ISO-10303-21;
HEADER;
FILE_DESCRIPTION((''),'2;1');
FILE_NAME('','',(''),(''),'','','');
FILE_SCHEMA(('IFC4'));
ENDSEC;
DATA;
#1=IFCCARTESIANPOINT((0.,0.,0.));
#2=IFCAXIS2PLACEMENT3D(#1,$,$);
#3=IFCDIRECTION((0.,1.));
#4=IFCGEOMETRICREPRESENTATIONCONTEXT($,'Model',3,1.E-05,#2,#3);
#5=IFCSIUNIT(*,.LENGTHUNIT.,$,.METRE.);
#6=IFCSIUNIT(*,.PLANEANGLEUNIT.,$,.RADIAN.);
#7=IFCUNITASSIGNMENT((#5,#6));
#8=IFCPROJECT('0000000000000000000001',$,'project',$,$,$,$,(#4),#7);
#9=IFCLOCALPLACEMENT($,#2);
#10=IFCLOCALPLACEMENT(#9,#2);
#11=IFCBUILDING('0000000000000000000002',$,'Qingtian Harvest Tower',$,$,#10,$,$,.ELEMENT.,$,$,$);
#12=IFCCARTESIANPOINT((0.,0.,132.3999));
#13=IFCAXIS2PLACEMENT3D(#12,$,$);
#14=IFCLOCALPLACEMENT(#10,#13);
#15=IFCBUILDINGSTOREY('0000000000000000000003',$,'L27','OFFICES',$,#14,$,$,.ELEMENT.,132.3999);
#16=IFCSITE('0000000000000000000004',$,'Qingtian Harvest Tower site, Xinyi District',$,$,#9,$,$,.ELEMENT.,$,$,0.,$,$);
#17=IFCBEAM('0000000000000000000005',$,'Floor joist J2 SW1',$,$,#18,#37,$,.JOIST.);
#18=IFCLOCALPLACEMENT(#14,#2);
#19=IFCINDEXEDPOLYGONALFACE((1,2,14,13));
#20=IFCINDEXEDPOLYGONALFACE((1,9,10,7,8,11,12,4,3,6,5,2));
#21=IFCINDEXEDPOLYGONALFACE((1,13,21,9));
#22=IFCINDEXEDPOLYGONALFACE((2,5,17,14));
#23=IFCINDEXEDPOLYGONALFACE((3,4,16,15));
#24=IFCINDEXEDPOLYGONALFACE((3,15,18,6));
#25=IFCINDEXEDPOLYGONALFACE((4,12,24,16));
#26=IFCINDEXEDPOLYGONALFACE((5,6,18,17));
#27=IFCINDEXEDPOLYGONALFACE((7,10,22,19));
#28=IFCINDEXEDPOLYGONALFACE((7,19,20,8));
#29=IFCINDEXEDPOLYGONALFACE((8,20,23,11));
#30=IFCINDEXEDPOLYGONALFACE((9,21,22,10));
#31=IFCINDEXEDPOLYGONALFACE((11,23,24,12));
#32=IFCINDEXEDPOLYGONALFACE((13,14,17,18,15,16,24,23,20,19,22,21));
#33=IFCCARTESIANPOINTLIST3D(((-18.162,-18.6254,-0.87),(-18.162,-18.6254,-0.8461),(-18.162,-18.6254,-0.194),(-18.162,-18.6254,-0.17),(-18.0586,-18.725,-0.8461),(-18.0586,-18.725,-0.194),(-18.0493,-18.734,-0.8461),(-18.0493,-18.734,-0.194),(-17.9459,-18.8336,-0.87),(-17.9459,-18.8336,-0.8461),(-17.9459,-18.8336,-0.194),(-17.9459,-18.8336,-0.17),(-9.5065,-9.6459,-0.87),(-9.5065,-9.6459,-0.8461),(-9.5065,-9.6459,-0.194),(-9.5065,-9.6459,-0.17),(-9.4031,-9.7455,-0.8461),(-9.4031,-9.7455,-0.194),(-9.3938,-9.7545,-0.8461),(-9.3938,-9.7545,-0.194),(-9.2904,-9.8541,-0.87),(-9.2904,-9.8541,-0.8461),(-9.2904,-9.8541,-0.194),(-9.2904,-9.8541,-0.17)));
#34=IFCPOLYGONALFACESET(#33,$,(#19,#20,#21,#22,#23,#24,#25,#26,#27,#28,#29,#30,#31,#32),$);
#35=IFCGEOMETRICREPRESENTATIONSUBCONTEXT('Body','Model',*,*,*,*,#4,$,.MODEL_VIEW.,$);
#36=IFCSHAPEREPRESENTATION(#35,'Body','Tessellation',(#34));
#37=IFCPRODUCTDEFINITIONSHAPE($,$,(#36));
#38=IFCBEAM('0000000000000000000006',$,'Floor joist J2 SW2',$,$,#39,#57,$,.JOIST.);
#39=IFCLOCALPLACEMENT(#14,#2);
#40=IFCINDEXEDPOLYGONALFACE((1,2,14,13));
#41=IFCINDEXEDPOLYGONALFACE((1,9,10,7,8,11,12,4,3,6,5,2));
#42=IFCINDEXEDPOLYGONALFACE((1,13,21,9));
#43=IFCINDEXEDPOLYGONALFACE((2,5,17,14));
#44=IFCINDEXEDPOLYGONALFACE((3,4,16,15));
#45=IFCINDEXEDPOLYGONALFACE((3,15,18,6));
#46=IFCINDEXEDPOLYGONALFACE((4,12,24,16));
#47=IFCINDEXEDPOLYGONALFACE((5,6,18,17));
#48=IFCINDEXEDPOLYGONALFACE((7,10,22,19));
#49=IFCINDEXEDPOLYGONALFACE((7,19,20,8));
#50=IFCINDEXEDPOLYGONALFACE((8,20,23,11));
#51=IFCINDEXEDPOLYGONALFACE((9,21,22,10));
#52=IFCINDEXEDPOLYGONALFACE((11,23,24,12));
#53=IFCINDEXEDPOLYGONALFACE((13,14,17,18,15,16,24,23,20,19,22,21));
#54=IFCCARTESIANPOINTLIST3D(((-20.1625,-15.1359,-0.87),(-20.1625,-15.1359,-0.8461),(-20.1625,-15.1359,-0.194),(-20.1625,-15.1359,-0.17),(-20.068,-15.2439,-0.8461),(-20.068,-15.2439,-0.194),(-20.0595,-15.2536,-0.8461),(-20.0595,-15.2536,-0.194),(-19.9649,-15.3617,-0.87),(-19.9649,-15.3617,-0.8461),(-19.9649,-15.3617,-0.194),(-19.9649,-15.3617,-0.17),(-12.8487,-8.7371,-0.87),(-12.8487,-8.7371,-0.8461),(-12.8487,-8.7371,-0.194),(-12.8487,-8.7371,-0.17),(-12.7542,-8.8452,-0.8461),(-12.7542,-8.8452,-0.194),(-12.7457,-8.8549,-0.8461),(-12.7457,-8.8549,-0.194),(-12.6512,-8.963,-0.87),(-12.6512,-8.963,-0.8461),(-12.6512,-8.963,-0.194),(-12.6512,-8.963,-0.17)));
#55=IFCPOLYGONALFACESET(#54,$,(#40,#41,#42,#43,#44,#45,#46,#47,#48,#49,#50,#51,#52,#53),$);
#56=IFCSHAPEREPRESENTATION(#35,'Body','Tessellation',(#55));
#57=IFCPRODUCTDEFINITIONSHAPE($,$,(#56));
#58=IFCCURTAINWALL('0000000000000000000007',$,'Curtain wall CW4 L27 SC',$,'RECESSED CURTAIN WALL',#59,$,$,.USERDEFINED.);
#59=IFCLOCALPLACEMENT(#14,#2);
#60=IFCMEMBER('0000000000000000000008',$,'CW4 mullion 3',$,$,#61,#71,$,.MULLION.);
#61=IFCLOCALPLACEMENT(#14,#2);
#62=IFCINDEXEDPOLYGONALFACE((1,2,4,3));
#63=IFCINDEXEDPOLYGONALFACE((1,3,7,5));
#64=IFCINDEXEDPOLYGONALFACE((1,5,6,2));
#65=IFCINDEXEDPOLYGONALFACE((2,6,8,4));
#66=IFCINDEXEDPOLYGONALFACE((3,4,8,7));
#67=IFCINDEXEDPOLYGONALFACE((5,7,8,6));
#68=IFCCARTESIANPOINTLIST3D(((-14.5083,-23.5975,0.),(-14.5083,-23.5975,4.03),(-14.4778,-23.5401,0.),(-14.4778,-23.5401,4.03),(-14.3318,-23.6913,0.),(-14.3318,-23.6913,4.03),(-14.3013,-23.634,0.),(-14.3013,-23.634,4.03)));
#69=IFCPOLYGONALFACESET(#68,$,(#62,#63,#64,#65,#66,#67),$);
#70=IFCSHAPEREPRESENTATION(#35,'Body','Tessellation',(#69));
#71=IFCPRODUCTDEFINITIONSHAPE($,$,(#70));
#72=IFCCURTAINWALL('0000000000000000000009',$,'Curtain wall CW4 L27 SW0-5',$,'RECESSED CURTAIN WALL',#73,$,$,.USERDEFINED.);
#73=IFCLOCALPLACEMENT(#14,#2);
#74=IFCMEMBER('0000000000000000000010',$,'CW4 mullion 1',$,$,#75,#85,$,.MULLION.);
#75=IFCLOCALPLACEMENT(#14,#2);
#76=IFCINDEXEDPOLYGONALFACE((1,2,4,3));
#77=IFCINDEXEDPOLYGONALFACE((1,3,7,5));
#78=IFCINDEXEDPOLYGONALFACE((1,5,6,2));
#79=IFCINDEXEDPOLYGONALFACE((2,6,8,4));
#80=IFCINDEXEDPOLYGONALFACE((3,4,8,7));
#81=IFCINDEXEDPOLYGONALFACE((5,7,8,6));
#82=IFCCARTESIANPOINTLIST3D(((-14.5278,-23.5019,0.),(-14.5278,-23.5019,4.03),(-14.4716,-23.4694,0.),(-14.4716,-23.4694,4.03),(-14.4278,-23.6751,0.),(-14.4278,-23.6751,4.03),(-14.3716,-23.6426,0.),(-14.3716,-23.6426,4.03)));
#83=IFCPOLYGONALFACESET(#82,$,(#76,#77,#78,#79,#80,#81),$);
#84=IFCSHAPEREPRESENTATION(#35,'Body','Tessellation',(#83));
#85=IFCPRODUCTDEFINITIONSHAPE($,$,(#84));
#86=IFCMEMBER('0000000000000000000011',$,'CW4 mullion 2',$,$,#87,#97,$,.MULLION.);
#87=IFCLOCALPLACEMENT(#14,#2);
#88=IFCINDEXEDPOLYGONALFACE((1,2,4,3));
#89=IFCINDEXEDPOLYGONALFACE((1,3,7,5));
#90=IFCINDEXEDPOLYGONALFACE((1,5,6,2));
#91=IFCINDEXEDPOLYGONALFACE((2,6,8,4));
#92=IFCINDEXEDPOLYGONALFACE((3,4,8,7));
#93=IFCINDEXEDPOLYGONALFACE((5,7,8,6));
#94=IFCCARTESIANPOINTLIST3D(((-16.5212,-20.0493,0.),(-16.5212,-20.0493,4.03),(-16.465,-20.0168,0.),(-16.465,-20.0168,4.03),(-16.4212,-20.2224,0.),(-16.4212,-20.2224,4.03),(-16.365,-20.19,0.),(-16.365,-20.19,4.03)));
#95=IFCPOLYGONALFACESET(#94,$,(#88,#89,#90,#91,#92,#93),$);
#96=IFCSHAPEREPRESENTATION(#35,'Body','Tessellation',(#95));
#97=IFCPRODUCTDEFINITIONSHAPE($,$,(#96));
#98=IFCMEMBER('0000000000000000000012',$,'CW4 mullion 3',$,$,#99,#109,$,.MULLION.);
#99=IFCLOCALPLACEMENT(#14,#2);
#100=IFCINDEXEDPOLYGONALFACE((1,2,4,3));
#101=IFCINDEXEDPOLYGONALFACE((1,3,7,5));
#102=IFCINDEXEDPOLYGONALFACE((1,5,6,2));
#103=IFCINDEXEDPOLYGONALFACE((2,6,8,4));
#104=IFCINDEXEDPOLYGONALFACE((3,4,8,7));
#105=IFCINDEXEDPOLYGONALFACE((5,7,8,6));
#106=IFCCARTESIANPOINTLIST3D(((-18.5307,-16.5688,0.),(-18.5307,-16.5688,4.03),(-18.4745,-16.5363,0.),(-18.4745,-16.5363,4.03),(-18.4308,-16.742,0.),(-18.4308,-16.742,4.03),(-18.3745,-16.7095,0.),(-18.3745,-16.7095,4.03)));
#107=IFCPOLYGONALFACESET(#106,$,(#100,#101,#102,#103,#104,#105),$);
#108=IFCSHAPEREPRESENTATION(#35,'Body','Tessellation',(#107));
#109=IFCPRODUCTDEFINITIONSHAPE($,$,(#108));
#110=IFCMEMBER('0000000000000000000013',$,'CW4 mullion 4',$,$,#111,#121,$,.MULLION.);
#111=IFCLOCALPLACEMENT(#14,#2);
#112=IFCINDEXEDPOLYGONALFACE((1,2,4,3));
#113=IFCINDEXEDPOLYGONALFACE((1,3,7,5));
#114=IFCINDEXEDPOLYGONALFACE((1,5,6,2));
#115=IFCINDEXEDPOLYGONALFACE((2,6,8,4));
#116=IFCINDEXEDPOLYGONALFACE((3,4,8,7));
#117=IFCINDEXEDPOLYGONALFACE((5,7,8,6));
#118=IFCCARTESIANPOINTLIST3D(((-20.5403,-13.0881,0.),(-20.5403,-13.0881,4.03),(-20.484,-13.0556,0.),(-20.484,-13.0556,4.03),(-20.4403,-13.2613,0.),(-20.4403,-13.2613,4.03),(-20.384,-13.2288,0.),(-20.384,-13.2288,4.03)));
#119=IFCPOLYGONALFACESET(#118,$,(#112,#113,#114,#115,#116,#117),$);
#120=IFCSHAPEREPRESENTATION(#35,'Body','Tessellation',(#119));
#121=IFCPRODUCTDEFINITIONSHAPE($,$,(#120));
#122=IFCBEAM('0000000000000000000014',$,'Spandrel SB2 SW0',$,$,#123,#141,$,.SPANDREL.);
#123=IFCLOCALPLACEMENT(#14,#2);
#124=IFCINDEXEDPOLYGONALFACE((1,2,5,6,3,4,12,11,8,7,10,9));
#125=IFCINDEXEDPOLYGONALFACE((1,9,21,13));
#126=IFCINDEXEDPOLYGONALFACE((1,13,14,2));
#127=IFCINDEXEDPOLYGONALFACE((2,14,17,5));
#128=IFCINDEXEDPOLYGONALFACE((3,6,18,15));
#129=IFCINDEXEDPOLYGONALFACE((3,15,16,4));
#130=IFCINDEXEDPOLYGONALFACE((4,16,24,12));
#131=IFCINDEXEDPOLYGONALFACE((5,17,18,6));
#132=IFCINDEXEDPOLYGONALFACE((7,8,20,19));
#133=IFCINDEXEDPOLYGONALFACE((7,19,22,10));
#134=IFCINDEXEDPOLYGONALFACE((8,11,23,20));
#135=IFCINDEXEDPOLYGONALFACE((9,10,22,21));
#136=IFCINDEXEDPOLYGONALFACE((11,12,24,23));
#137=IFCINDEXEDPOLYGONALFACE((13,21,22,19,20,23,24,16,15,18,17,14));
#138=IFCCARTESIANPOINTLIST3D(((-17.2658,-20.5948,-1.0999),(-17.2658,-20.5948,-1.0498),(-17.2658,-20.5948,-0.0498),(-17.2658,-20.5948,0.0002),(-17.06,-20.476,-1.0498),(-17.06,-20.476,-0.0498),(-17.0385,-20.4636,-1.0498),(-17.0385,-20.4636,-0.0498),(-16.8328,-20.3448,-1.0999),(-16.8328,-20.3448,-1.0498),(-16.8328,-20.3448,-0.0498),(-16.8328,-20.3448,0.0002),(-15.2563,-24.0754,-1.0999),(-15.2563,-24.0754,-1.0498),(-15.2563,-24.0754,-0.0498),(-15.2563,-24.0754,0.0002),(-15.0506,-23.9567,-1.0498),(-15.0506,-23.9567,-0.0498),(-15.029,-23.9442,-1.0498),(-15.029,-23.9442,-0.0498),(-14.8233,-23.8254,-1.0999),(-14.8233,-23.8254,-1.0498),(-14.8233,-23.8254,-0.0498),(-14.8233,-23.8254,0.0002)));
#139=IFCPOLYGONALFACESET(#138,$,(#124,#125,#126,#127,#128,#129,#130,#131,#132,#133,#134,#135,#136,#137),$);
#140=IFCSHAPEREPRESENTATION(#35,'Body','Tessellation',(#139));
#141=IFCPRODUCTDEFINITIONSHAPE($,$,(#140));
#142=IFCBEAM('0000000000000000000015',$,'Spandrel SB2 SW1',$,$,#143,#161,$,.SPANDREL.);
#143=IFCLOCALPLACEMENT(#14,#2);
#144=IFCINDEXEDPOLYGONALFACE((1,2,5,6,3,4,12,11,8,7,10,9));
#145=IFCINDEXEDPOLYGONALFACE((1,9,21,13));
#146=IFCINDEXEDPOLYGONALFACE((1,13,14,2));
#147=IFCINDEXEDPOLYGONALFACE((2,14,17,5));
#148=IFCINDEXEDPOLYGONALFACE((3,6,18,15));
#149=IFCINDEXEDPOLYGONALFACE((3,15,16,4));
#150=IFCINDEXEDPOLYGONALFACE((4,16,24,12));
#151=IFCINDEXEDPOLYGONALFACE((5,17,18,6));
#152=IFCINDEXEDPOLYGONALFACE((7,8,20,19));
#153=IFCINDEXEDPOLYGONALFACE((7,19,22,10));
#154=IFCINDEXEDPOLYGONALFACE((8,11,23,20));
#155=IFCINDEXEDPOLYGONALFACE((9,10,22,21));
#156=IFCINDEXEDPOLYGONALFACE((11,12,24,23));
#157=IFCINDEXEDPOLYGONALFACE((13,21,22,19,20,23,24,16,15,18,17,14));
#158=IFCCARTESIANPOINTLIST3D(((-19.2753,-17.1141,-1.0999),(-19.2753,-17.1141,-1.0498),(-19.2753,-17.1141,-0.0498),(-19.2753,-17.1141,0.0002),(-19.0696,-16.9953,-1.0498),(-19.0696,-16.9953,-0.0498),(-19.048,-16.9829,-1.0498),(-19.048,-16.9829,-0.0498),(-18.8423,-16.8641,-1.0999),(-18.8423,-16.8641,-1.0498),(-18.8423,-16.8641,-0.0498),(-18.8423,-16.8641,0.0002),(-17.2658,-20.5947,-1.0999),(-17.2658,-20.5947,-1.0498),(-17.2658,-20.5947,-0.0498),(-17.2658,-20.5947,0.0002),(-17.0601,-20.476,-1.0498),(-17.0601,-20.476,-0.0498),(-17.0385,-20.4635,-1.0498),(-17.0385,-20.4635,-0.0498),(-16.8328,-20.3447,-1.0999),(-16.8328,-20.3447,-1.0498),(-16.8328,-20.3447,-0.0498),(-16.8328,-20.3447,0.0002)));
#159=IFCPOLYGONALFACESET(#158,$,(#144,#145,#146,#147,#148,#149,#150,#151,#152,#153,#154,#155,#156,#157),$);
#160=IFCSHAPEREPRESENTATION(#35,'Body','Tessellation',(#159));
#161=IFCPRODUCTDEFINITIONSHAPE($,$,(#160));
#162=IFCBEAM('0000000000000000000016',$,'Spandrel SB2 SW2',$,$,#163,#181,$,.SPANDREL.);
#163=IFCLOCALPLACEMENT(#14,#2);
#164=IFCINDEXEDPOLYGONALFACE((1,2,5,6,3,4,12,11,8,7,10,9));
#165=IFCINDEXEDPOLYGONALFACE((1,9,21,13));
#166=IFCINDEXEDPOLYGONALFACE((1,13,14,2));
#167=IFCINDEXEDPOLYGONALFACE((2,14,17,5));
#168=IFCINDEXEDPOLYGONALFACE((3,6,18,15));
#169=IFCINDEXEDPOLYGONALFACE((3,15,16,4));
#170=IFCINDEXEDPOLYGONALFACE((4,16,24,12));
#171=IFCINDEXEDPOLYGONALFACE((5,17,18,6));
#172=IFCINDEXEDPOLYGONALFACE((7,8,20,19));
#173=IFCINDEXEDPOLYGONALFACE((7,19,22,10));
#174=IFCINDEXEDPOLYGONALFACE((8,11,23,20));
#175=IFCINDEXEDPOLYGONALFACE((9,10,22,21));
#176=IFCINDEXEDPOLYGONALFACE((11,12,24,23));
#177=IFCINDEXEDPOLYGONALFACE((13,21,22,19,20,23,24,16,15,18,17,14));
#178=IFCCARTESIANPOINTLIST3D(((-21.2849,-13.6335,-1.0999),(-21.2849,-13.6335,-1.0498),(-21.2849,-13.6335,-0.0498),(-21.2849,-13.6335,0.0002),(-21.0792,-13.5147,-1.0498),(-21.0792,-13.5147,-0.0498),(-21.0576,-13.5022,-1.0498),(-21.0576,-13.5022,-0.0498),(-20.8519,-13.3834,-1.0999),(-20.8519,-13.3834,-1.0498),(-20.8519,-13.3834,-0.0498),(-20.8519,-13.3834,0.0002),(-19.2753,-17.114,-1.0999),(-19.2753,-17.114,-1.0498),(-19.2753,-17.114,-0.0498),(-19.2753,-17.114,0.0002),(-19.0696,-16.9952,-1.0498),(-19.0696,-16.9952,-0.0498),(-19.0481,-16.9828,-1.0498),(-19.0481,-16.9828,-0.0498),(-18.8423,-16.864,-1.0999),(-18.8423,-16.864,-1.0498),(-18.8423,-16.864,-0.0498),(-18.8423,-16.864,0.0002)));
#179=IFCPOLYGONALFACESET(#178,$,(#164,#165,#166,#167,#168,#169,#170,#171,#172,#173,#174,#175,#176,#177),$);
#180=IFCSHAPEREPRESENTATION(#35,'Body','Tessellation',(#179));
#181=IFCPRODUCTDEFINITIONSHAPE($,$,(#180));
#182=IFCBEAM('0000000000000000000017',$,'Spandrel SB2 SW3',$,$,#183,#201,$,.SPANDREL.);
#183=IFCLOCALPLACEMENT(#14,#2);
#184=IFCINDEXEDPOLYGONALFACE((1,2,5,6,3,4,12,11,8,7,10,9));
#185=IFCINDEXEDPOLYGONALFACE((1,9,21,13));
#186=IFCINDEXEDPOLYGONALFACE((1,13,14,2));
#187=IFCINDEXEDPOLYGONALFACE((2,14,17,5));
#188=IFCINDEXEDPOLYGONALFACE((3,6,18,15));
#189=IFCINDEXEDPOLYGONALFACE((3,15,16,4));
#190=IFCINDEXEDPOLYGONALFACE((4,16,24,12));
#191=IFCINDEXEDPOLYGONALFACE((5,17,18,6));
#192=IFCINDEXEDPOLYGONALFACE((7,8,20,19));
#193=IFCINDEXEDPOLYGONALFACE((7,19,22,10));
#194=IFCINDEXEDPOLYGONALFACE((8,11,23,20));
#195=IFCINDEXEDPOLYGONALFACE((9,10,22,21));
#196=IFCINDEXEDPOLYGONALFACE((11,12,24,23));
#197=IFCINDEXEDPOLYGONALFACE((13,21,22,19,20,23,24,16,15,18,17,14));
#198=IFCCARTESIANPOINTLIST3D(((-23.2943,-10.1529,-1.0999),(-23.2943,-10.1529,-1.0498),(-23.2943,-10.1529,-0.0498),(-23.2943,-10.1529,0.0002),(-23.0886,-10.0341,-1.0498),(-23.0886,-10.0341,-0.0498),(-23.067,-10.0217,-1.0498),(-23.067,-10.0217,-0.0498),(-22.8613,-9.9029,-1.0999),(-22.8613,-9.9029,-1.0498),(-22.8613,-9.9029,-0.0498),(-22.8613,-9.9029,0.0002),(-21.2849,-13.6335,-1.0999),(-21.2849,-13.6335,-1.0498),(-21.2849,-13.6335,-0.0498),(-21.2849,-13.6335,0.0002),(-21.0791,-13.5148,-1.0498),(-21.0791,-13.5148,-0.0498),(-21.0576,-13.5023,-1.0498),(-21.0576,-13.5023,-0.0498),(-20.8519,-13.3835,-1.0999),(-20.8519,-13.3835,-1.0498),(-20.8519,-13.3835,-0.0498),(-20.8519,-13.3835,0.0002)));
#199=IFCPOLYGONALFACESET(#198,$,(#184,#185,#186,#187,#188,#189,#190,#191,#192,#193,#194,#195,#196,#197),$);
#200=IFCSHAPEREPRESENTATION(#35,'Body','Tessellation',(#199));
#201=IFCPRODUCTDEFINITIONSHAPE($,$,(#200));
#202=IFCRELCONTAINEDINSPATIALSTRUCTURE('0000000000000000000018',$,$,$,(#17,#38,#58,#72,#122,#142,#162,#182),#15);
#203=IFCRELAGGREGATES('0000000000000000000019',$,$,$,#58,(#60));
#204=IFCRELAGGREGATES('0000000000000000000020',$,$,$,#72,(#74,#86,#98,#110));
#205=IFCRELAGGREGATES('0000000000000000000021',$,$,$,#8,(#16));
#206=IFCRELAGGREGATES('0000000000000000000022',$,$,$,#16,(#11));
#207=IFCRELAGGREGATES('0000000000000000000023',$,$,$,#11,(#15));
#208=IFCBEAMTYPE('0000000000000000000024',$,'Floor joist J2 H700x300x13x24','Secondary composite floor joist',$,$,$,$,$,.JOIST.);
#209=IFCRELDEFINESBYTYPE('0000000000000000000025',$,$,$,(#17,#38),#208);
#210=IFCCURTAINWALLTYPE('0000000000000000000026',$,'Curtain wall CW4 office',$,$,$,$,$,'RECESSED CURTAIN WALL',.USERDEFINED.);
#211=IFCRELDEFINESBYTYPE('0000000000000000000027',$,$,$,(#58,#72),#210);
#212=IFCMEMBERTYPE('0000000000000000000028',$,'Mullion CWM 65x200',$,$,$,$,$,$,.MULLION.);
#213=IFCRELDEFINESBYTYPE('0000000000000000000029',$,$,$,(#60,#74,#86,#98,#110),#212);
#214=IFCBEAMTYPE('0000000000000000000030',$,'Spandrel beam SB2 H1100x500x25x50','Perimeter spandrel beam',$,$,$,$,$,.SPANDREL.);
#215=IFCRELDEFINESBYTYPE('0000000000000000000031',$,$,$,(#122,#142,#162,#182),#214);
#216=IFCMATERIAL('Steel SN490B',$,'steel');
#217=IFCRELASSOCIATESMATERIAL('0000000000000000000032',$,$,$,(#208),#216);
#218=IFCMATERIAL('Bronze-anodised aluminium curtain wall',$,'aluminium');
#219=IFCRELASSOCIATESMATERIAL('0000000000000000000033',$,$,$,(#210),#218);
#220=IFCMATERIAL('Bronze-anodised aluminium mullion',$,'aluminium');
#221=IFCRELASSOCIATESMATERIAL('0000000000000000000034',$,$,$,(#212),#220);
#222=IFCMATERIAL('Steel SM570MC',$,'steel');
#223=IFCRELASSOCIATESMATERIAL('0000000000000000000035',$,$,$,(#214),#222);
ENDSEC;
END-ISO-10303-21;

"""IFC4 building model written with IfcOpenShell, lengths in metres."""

from ifc_helpers import new_model, si_unit, direction, frame, origin, origin_2d, place, context, subcontext, project, spatial, rectangle, i_section, extrude, material, material_profile, profile_set, type_object, element, aggregate, save


model = new_model("IFC4")

# Units and contexts
model_context = context("Model", 3, precision=1e-05, world=origin(), true_north=direction((0.0, 1.0)))
body_context = subcontext(model_context, "Body", "Model", "MODEL_VIEW")
ifc_project = project(units=[si_unit("LENGTHUNIT", "METRE"), si_unit("PLANEANGLEUNIT", "RADIAN")], contexts=[model_context])

# Site, building, storey
site_placement = place(None, origin())
site = spatial("IfcSite", under=ifc_project, at=site_placement, Name="Qingtian Harvest Tower site, Xinyi District", CompositionType="ELEMENT", RefElevation=0.0)
building_placement = place(site_placement, origin())
building = spatial("IfcBuilding", under=site, at=building_placement, Name="Qingtian Harvest Tower", CompositionType="ELEMENT")
storey_placement = place(building_placement, frame((0.0, 0.0, 132.3999)))
storey = spatial("IfcBuildingStorey", under=building, at=storey_placement, Name="L27", Description="OFFICES", CompositionType="ELEMENT", Elevation=132.3999)

# Beams
ifc_material_1 = material(Name="Steel SN490B", Category="steel")
ifc_material_profile_1 = material_profile(ifc_material_1, i_section(OverallWidth=0.3, OverallDepth=0.7, WebThickness=0.0129, FlangeThickness=0.0239, at=origin_2d()), Name="H700x300x13x24")
ifc_profile_set_1 = profile_set([ifc_material_profile_1], Name="Steel SN490B")
beam_type_1 = type_object("IfcBeamType", Name="Floor joist J2 H700x300x13x24", Description="Secondary composite floor joist", PredefinedType="JOIST", material=ifc_profile_set_1)
beam_1_placement = place(storey_placement, frame((-18.054, -18.7295, -0.52), z_axis=(0.693999, 0.719976, 0.0), x_axis=(-0.719976, 0.693999, 0.0)))
element("IfcBeam", 1, at=beam_1_placement, inside=storey, type_object=beam_type_1, Name="Floor joist J2 SW1", PredefinedType="JOIST", context=body_context, shape_type="SweptSolid", body=[
    extrude(i_section(OverallWidth=0.3, OverallDepth=0.7, WebThickness=0.0129, FlangeThickness=0.0239, at=origin_2d()), origin(), (0.0, 0.0, 1.0), 12.4719),
])
beam_2_placement = place(storey_placement, frame((-20.0637, -15.2488, -0.52), z_axis=(0.752619, 0.658457, 0.0), x_axis=(-0.658457, 0.752619, 0.0)))
element("IfcBeam", 2, at=beam_2_placement, inside=storey, type_object=beam_type_1, Name="Floor joist J2 SW2", PredefinedType="JOIST", context=body_context, shape_type="SweptSolid", body=[
    extrude(i_section(OverallWidth=0.3, OverallDepth=0.7, WebThickness=0.0129, FlangeThickness=0.0239, at=origin_2d()), origin(), (0.0, 0.0, 1.0), 9.7178),
])

# Curtain wall, member
ifc_material_2 = material(Name="Bronze-anodised aluminium curtain wall", Category="aluminium")
curtain_wall_type = type_object("IfcCurtainWallType", Name="Curtain wall CW4 office", ElementType="RECESSED CURTAIN WALL", PredefinedType="USERDEFINED", material=ifc_material_2)
curtain_wall_1_placement = place(storey_placement, origin())
curtain_wall_1 = element("IfcCurtainWall", 3, at=curtain_wall_1_placement, inside=storey, type_object=curtain_wall_type, Name="Curtain wall CW4 L27 SC", ObjectType="RECESSED CURTAIN WALL", PredefinedType="USERDEFINED")
ifc_material_3 = material(Name="Bronze-anodised aluminium mullion", Category="aluminium")
ifc_material_profile_2 = material_profile(ifc_material_3, rectangle(XDim=0.0649, YDim=0.2, at=origin_2d()), Name="AL 65x200")
ifc_profile_set_2 = profile_set([ifc_material_profile_2], Name="Bronze-anodised aluminium mullion")
member_type_1 = type_object("IfcMemberType", Name="Mullion CWM 65x200", PredefinedType="MULLION", material=ifc_profile_set_2)
member_1_placement = place(storey_placement, frame((-14.4048, -23.6157, 0.0), z_axis=(0.0, 0.0, 1.0), x_axis=(-0.469472, -0.882948, 0.0)))
member_1 = element("IfcMember", 4, at=member_1_placement, type_object=member_type_1, Name="CW4 mullion 3", PredefinedType="MULLION", context=body_context, shape_type="SweptSolid", body=[
    extrude(rectangle(XDim=0.0649, YDim=0.2, at=origin_2d()), origin(), (0.0, 0.0, 1.0), 4.03),
])

# Curtain wall, members
curtain_wall_2_placement = place(storey_placement, origin())
curtain_wall_2 = element("IfcCurtainWall", 5, at=curtain_wall_2_placement, inside=storey, type_object=curtain_wall_type, Name="Curtain wall CW4 L27 SW0-5", ObjectType="RECESSED CURTAIN WALL", PredefinedType="USERDEFINED")
member_2_placement = place(storey_placement, frame((-14.4497, -23.5723, 0.0), z_axis=(0.0, 0.0, 1.0), x_axis=(-0.866025, -0.5, 0.0)))
member_2 = element("IfcMember", 6, at=member_2_placement, type_object=member_type_1, Name="CW4 mullion 1", PredefinedType="MULLION", context=body_context, shape_type="SweptSolid", body=[
    extrude(rectangle(XDim=0.0649, YDim=0.2, at=origin_2d()), origin(), (0.0, 0.0, 1.0), 4.03),
])
member_3_placement = place(storey_placement, frame((-16.4431, -20.1196, 0.0), z_axis=(0.0, 0.0, 1.0), x_axis=(-0.866025, -0.5, 0.0)))
member_3 = element("IfcMember", 7, at=member_3_placement, type_object=member_type_1, Name="CW4 mullion 2", PredefinedType="MULLION", context=body_context, shape_type="SweptSolid", body=[
    extrude(rectangle(XDim=0.0649, YDim=0.2, at=origin_2d()), origin(), (0.0, 0.0, 1.0), 4.03),
])
member_4_placement = place(storey_placement, frame((-18.4526, -16.6392, 0.0), z_axis=(0.0, 0.0, 1.0), x_axis=(-0.866025, -0.5, 0.0)))
member_4 = element("IfcMember", 8, at=member_4_placement, type_object=member_type_1, Name="CW4 mullion 3", PredefinedType="MULLION", context=body_context, shape_type="SweptSolid", body=[
    extrude(rectangle(XDim=0.0649, YDim=0.2, at=origin_2d()), origin(), (0.0, 0.0, 1.0), 4.03),
])
member_5_placement = place(storey_placement, frame((-20.4622, -13.1584, 0.0), z_axis=(0.0, 0.0, 1.0), x_axis=(-0.866025, -0.5, 0.0)))
member_5 = element("IfcMember", 9, at=member_5_placement, type_object=member_type_1, Name="CW4 mullion 4", PredefinedType="MULLION", context=body_context, shape_type="SweptSolid", body=[
    extrude(rectangle(XDim=0.0649, YDim=0.2, at=origin_2d()), origin(), (0.0, 0.0, 1.0), 4.03),
])

# Beams
ifc_material_4 = material(Name="Steel SM570MC", Category="steel")
ifc_material_profile_3 = material_profile(ifc_material_4, i_section(OverallWidth=0.5, OverallDepth=1.1001, WebThickness=0.0249, FlangeThickness=0.05, at=origin_2d()), Name="H1100x500x25x50")
ifc_profile_set_3 = profile_set([ifc_material_profile_3], Name="Steel SM570MC")
beam_type_2 = type_object("IfcBeamType", Name="Spandrel beam SB2 H1100x500x25x50", Description="Perimeter spandrel beam", PredefinedType="SPANDREL", material=ifc_profile_set_3)
for number, where, z_axis, x_axis, name in (
    (10, (-15.0398, -23.9504, -0.5498), (-0.499987, 0.866033, 0.0), (-0.866033, -0.499987, 0.0), "Spandrel SB2 SW0"),
    (11, (-17.0493, -20.4697, -0.5498), (-0.499987, 0.866033, 0.0), (-0.866033, -0.499987, 0.0), "Spandrel SB2 SW1"),
    (12, (-19.0588, -16.989, -0.5498), (-0.500013, 0.866018, 0.0), (-0.866018, -0.500013, 0.0), "Spandrel SB2 SW2"),
    (13, (-21.0684, -13.5085, -0.5498), (-0.499987, 0.866033, 0.0), (-0.866033, -0.499987, 0.0), "Spandrel SB2 SW3"),
):
    element("IfcBeam", number, at=place(storey_placement, frame(where, z_axis=z_axis, x_axis=x_axis)), inside=storey, type_object=beam_type_2, Name=name, PredefinedType="SPANDREL", context=body_context, shape_type="SweptSolid", body=[
        extrude(i_section(OverallWidth=0.5, OverallDepth=1.1001, WebThickness=0.0249, FlangeThickness=0.05, at=origin_2d()), origin(), (0.0, 0.0, 1.0), 4.019),
    ])

aggregate(curtain_wall_1, [member_1])
aggregate(curtain_wall_2, [member_2, member_3, member_4, member_5])

save(model, "model.ifc")
